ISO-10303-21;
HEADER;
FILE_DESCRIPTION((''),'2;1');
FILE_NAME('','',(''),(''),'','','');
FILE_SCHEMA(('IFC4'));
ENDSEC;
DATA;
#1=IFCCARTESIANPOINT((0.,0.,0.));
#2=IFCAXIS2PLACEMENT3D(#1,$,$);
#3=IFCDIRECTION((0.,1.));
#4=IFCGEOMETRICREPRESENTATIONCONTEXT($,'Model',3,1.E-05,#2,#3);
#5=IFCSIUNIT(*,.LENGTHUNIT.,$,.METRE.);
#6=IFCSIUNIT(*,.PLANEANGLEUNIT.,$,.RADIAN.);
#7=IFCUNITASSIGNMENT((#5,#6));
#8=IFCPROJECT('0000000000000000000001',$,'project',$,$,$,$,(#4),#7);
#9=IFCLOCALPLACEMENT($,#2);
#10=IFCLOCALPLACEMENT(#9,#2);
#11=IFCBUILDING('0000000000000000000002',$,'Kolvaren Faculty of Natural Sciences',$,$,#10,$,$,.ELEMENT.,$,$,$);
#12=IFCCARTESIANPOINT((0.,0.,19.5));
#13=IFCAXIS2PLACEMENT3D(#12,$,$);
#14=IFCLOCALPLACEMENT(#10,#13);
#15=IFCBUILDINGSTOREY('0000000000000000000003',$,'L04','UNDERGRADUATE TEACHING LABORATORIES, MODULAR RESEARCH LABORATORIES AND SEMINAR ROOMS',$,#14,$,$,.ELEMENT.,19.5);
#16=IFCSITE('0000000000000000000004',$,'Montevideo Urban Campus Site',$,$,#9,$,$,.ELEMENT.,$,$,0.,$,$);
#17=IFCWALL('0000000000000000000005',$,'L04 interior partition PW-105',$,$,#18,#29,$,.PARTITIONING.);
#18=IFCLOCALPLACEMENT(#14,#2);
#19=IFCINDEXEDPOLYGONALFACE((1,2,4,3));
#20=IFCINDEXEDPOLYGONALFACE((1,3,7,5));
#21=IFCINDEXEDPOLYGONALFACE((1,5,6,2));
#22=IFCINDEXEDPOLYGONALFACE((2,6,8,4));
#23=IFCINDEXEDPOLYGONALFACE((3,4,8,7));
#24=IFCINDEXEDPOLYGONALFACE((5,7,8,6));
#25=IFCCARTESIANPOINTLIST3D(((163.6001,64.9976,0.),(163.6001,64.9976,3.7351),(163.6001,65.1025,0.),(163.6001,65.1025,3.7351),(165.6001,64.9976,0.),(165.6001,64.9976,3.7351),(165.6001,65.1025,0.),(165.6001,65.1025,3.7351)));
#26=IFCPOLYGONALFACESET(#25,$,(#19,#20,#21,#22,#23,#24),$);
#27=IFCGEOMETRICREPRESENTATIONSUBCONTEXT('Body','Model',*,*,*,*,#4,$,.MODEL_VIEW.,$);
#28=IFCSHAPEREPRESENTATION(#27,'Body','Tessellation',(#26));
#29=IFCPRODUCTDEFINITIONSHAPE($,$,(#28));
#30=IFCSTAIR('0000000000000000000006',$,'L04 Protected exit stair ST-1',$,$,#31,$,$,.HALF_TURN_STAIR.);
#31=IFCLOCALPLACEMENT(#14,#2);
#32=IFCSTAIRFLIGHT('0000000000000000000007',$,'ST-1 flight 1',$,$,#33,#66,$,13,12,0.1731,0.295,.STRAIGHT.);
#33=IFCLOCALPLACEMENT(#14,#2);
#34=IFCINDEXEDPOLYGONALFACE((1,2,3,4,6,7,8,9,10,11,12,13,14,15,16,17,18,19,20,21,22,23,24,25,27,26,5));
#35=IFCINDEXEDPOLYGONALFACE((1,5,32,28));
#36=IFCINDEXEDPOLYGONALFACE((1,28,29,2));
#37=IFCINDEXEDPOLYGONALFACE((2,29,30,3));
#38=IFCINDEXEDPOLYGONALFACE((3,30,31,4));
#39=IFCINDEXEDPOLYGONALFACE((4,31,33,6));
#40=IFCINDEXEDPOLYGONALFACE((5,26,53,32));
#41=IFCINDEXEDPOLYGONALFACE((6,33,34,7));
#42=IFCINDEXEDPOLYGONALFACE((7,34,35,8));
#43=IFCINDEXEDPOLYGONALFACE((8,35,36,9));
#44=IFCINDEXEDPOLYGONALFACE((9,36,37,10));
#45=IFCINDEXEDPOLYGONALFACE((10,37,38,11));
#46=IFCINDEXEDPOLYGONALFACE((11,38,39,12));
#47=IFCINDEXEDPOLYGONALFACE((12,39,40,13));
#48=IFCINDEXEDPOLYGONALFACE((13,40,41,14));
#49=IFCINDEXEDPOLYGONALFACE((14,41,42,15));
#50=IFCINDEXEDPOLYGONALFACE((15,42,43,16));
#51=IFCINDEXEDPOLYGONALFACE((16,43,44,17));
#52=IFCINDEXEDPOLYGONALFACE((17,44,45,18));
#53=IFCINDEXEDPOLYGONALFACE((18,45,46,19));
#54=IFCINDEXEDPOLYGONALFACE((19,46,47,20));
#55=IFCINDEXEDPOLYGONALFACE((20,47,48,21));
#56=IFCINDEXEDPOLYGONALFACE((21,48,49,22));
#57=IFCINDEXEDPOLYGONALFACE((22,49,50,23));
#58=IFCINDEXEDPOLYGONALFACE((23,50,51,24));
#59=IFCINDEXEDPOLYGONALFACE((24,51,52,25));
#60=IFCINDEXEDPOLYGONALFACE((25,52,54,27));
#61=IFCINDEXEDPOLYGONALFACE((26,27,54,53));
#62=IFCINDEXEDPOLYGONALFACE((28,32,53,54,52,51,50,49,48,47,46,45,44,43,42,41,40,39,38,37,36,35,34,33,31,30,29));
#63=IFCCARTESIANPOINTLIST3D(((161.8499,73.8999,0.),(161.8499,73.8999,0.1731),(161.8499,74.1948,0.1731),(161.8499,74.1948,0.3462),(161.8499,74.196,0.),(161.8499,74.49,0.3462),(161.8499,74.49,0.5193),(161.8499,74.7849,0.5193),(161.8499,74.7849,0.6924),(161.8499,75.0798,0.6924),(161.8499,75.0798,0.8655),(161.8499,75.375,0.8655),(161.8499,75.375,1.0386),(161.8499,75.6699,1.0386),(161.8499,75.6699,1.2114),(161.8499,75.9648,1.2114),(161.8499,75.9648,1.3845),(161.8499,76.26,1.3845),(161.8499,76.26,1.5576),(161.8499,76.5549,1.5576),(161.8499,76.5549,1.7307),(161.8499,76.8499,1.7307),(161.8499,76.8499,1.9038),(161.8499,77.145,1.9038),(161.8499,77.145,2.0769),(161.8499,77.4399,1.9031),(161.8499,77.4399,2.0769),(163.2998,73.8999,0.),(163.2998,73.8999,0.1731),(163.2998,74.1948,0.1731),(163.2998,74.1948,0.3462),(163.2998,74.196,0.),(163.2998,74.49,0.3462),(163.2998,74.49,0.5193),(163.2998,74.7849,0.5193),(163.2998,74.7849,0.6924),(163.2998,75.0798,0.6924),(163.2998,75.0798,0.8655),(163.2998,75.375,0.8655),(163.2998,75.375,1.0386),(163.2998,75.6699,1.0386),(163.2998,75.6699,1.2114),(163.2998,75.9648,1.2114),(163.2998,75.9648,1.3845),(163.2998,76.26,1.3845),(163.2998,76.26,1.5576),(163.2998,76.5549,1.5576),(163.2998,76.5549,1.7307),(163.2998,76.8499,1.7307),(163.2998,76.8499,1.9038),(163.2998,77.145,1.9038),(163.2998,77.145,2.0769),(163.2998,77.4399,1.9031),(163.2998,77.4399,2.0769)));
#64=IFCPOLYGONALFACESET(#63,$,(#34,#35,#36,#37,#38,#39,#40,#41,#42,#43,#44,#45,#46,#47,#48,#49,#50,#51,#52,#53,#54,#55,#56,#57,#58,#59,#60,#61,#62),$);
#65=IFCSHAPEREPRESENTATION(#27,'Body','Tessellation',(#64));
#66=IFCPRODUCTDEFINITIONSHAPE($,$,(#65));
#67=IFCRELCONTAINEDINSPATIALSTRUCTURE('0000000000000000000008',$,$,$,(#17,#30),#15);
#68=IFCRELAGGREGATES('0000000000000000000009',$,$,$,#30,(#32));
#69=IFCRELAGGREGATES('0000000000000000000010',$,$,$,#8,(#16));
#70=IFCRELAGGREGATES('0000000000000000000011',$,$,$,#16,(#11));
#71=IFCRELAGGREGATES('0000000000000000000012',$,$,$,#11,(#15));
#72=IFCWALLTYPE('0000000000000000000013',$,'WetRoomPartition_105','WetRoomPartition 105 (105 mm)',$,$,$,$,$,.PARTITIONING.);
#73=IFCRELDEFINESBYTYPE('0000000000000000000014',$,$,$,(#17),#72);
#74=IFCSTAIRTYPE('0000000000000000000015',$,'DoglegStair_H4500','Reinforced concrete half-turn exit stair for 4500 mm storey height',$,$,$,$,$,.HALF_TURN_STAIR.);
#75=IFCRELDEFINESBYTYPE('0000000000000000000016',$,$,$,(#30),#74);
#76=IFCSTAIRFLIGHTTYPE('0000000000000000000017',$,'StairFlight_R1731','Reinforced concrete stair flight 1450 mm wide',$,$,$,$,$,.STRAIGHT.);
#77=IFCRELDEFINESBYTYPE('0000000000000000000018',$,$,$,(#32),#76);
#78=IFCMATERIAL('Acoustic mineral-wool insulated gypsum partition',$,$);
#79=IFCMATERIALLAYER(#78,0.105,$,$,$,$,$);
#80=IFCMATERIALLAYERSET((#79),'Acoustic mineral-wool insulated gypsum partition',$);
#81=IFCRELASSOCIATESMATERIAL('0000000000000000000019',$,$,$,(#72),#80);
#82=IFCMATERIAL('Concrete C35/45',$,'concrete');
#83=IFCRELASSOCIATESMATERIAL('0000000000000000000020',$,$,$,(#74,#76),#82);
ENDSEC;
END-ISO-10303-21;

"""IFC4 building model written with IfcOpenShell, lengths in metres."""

from ifc_helpers import new_model, si_unit, direction, frame, frame_2d, origin, place, context, subcontext, project, spatial, polyline, rectangle, outline, extrude, material, layer, layer_set, type_object, element, aggregate, save


model = new_model("IFC4")

# Units and contexts
model_context = context("Model", 3, precision=1e-05, world=origin(), true_north=direction((0.0, 1.0)))
body_context = subcontext(model_context, "Body", "Model", "MODEL_VIEW")
ifc_project = project(units=[si_unit("LENGTHUNIT", "METRE"), si_unit("PLANEANGLEUNIT", "RADIAN")], contexts=[model_context])

# Site, building, storey
site_placement = place(None, origin())
site = spatial("IfcSite", under=ifc_project, at=site_placement, Name="Montevideo Urban Campus Site", CompositionType="ELEMENT", RefElevation=0.0)
building_placement = place(site_placement, origin())
building = spatial("IfcBuilding", under=site, at=building_placement, Name="Kolvaren Faculty of Natural Sciences", CompositionType="ELEMENT")
storey_placement = place(building_placement, frame((0.0, 0.0, 19.5)))
storey = spatial("IfcBuildingStorey", under=building, at=storey_placement, Name="L04", Description="UNDERGRADUATE TEACHING LABORATORIES, MODULAR RESEARCH LABORATORIES AND SEMINAR ROOMS", CompositionType="ELEMENT", Elevation=19.5)

# Shared definitions
ifc_material_1 = material(Name="Concrete C35/45", Category="concrete")

# Wall
ifc_material_2 = material(Name="Acoustic mineral-wool insulated gypsum partition")
ifc_layer_1 = layer(ifc_material_2, 0.105)
ifc_layer_set_1 = layer_set([ifc_layer_1], Name="Acoustic mineral-wool insulated gypsum partition")
wall_type_1 = type_object("IfcWallType", Name="WetRoomPartition_105", Description="WetRoomPartition 105 (105 mm)", PredefinedType="PARTITIONING", material=ifc_layer_set_1)
wall_1_placement = place(storey_placement, frame((163.6001, 65.05, 0.0), z_axis=(0.0, 0.0, 1.0), x_axis=(1.0, 0.0, 0.0)))
element("IfcWall", 1, at=wall_1_placement, inside=storey, type_object=wall_type_1, Name="L04 interior partition PW-105", PredefinedType="PARTITIONING", context=body_context, shape_type="SweptSolid", body=[
    extrude(rectangle(XDim=2.0, YDim=0.105, at=frame_2d((1.0, 0.0))), origin(), (0.0, 0.0, 1.0), 3.7351),
])

# Stair, stair flight
stair_type = type_object("IfcStairType", Name="DoglegStair_H4500", Description="Reinforced concrete half-turn exit stair for 4500 mm storey height", PredefinedType="HALF_TURN_STAIR", material=ifc_material_1)
stair_placement = place(storey_placement, origin())
stair = element("IfcStair", 2, at=stair_placement, inside=storey, type_object=stair_type, Name="L04 Protected exit stair ST-1", PredefinedType="HALF_TURN_STAIR")
stair_flight_type = type_object("IfcStairFlightType", Name="StairFlight_R1731", Description="Reinforced concrete stair flight 1450 mm wide", PredefinedType="STRAIGHT", material=ifc_material_1)
stair_flight_placement = place(storey_placement, frame((162.575, 73.8999, 0.0), z_axis=(0.0, 0.0, 1.0), x_axis=(0.0, 1.0, 0.0)))
stair_flight = element("IfcStairFlight", 3, at=stair_flight_placement, type_object=stair_flight_type, Name="ST-1 flight 1", NumberOfRisers=13, NumberOfTreads=12, PredefinedType="STRAIGHT", RiserHeight=0.1731, TreadLength=0.295, context=body_context, shape_type="SweptSolid", body=[
    extrude(outline(polyline([(0.0, 0.0), (0.0, 0.1731), (0.2949, 0.1731), (0.2949, 0.3462), (0.5901, 0.3462), (0.5901, 0.5193), (0.885, 0.5193), (0.885, 0.6924), (1.1799, 0.6924), (1.1799, 0.8655), (1.4751, 0.8655), (1.4751, 1.0386), (1.77, 1.0386), (1.77, 1.2114), (2.0649, 1.2114), (2.0649, 1.3845), (2.3601, 1.3845), (2.3601, 1.5576), (2.655, 1.5576), (2.655, 1.7307), (2.95, 1.7307), (2.95, 1.9038), (3.2451, 1.9038), (3.2451, 2.0769), (3.54, 2.0769), (3.54, 2.25), (3.54, 1.9031), (0.2961, 0.0), (0.0, 0.0)])), frame((0.0, 0.7251, 0.0), z_axis=(0.0, -1.0, 0.0), x_axis=(1.0, 0.0, 0.0)), (0.0, 0.0, 1.0), 1.45),
])
aggregate(stair, [stair_flight])

save(model, "model.ifc")
